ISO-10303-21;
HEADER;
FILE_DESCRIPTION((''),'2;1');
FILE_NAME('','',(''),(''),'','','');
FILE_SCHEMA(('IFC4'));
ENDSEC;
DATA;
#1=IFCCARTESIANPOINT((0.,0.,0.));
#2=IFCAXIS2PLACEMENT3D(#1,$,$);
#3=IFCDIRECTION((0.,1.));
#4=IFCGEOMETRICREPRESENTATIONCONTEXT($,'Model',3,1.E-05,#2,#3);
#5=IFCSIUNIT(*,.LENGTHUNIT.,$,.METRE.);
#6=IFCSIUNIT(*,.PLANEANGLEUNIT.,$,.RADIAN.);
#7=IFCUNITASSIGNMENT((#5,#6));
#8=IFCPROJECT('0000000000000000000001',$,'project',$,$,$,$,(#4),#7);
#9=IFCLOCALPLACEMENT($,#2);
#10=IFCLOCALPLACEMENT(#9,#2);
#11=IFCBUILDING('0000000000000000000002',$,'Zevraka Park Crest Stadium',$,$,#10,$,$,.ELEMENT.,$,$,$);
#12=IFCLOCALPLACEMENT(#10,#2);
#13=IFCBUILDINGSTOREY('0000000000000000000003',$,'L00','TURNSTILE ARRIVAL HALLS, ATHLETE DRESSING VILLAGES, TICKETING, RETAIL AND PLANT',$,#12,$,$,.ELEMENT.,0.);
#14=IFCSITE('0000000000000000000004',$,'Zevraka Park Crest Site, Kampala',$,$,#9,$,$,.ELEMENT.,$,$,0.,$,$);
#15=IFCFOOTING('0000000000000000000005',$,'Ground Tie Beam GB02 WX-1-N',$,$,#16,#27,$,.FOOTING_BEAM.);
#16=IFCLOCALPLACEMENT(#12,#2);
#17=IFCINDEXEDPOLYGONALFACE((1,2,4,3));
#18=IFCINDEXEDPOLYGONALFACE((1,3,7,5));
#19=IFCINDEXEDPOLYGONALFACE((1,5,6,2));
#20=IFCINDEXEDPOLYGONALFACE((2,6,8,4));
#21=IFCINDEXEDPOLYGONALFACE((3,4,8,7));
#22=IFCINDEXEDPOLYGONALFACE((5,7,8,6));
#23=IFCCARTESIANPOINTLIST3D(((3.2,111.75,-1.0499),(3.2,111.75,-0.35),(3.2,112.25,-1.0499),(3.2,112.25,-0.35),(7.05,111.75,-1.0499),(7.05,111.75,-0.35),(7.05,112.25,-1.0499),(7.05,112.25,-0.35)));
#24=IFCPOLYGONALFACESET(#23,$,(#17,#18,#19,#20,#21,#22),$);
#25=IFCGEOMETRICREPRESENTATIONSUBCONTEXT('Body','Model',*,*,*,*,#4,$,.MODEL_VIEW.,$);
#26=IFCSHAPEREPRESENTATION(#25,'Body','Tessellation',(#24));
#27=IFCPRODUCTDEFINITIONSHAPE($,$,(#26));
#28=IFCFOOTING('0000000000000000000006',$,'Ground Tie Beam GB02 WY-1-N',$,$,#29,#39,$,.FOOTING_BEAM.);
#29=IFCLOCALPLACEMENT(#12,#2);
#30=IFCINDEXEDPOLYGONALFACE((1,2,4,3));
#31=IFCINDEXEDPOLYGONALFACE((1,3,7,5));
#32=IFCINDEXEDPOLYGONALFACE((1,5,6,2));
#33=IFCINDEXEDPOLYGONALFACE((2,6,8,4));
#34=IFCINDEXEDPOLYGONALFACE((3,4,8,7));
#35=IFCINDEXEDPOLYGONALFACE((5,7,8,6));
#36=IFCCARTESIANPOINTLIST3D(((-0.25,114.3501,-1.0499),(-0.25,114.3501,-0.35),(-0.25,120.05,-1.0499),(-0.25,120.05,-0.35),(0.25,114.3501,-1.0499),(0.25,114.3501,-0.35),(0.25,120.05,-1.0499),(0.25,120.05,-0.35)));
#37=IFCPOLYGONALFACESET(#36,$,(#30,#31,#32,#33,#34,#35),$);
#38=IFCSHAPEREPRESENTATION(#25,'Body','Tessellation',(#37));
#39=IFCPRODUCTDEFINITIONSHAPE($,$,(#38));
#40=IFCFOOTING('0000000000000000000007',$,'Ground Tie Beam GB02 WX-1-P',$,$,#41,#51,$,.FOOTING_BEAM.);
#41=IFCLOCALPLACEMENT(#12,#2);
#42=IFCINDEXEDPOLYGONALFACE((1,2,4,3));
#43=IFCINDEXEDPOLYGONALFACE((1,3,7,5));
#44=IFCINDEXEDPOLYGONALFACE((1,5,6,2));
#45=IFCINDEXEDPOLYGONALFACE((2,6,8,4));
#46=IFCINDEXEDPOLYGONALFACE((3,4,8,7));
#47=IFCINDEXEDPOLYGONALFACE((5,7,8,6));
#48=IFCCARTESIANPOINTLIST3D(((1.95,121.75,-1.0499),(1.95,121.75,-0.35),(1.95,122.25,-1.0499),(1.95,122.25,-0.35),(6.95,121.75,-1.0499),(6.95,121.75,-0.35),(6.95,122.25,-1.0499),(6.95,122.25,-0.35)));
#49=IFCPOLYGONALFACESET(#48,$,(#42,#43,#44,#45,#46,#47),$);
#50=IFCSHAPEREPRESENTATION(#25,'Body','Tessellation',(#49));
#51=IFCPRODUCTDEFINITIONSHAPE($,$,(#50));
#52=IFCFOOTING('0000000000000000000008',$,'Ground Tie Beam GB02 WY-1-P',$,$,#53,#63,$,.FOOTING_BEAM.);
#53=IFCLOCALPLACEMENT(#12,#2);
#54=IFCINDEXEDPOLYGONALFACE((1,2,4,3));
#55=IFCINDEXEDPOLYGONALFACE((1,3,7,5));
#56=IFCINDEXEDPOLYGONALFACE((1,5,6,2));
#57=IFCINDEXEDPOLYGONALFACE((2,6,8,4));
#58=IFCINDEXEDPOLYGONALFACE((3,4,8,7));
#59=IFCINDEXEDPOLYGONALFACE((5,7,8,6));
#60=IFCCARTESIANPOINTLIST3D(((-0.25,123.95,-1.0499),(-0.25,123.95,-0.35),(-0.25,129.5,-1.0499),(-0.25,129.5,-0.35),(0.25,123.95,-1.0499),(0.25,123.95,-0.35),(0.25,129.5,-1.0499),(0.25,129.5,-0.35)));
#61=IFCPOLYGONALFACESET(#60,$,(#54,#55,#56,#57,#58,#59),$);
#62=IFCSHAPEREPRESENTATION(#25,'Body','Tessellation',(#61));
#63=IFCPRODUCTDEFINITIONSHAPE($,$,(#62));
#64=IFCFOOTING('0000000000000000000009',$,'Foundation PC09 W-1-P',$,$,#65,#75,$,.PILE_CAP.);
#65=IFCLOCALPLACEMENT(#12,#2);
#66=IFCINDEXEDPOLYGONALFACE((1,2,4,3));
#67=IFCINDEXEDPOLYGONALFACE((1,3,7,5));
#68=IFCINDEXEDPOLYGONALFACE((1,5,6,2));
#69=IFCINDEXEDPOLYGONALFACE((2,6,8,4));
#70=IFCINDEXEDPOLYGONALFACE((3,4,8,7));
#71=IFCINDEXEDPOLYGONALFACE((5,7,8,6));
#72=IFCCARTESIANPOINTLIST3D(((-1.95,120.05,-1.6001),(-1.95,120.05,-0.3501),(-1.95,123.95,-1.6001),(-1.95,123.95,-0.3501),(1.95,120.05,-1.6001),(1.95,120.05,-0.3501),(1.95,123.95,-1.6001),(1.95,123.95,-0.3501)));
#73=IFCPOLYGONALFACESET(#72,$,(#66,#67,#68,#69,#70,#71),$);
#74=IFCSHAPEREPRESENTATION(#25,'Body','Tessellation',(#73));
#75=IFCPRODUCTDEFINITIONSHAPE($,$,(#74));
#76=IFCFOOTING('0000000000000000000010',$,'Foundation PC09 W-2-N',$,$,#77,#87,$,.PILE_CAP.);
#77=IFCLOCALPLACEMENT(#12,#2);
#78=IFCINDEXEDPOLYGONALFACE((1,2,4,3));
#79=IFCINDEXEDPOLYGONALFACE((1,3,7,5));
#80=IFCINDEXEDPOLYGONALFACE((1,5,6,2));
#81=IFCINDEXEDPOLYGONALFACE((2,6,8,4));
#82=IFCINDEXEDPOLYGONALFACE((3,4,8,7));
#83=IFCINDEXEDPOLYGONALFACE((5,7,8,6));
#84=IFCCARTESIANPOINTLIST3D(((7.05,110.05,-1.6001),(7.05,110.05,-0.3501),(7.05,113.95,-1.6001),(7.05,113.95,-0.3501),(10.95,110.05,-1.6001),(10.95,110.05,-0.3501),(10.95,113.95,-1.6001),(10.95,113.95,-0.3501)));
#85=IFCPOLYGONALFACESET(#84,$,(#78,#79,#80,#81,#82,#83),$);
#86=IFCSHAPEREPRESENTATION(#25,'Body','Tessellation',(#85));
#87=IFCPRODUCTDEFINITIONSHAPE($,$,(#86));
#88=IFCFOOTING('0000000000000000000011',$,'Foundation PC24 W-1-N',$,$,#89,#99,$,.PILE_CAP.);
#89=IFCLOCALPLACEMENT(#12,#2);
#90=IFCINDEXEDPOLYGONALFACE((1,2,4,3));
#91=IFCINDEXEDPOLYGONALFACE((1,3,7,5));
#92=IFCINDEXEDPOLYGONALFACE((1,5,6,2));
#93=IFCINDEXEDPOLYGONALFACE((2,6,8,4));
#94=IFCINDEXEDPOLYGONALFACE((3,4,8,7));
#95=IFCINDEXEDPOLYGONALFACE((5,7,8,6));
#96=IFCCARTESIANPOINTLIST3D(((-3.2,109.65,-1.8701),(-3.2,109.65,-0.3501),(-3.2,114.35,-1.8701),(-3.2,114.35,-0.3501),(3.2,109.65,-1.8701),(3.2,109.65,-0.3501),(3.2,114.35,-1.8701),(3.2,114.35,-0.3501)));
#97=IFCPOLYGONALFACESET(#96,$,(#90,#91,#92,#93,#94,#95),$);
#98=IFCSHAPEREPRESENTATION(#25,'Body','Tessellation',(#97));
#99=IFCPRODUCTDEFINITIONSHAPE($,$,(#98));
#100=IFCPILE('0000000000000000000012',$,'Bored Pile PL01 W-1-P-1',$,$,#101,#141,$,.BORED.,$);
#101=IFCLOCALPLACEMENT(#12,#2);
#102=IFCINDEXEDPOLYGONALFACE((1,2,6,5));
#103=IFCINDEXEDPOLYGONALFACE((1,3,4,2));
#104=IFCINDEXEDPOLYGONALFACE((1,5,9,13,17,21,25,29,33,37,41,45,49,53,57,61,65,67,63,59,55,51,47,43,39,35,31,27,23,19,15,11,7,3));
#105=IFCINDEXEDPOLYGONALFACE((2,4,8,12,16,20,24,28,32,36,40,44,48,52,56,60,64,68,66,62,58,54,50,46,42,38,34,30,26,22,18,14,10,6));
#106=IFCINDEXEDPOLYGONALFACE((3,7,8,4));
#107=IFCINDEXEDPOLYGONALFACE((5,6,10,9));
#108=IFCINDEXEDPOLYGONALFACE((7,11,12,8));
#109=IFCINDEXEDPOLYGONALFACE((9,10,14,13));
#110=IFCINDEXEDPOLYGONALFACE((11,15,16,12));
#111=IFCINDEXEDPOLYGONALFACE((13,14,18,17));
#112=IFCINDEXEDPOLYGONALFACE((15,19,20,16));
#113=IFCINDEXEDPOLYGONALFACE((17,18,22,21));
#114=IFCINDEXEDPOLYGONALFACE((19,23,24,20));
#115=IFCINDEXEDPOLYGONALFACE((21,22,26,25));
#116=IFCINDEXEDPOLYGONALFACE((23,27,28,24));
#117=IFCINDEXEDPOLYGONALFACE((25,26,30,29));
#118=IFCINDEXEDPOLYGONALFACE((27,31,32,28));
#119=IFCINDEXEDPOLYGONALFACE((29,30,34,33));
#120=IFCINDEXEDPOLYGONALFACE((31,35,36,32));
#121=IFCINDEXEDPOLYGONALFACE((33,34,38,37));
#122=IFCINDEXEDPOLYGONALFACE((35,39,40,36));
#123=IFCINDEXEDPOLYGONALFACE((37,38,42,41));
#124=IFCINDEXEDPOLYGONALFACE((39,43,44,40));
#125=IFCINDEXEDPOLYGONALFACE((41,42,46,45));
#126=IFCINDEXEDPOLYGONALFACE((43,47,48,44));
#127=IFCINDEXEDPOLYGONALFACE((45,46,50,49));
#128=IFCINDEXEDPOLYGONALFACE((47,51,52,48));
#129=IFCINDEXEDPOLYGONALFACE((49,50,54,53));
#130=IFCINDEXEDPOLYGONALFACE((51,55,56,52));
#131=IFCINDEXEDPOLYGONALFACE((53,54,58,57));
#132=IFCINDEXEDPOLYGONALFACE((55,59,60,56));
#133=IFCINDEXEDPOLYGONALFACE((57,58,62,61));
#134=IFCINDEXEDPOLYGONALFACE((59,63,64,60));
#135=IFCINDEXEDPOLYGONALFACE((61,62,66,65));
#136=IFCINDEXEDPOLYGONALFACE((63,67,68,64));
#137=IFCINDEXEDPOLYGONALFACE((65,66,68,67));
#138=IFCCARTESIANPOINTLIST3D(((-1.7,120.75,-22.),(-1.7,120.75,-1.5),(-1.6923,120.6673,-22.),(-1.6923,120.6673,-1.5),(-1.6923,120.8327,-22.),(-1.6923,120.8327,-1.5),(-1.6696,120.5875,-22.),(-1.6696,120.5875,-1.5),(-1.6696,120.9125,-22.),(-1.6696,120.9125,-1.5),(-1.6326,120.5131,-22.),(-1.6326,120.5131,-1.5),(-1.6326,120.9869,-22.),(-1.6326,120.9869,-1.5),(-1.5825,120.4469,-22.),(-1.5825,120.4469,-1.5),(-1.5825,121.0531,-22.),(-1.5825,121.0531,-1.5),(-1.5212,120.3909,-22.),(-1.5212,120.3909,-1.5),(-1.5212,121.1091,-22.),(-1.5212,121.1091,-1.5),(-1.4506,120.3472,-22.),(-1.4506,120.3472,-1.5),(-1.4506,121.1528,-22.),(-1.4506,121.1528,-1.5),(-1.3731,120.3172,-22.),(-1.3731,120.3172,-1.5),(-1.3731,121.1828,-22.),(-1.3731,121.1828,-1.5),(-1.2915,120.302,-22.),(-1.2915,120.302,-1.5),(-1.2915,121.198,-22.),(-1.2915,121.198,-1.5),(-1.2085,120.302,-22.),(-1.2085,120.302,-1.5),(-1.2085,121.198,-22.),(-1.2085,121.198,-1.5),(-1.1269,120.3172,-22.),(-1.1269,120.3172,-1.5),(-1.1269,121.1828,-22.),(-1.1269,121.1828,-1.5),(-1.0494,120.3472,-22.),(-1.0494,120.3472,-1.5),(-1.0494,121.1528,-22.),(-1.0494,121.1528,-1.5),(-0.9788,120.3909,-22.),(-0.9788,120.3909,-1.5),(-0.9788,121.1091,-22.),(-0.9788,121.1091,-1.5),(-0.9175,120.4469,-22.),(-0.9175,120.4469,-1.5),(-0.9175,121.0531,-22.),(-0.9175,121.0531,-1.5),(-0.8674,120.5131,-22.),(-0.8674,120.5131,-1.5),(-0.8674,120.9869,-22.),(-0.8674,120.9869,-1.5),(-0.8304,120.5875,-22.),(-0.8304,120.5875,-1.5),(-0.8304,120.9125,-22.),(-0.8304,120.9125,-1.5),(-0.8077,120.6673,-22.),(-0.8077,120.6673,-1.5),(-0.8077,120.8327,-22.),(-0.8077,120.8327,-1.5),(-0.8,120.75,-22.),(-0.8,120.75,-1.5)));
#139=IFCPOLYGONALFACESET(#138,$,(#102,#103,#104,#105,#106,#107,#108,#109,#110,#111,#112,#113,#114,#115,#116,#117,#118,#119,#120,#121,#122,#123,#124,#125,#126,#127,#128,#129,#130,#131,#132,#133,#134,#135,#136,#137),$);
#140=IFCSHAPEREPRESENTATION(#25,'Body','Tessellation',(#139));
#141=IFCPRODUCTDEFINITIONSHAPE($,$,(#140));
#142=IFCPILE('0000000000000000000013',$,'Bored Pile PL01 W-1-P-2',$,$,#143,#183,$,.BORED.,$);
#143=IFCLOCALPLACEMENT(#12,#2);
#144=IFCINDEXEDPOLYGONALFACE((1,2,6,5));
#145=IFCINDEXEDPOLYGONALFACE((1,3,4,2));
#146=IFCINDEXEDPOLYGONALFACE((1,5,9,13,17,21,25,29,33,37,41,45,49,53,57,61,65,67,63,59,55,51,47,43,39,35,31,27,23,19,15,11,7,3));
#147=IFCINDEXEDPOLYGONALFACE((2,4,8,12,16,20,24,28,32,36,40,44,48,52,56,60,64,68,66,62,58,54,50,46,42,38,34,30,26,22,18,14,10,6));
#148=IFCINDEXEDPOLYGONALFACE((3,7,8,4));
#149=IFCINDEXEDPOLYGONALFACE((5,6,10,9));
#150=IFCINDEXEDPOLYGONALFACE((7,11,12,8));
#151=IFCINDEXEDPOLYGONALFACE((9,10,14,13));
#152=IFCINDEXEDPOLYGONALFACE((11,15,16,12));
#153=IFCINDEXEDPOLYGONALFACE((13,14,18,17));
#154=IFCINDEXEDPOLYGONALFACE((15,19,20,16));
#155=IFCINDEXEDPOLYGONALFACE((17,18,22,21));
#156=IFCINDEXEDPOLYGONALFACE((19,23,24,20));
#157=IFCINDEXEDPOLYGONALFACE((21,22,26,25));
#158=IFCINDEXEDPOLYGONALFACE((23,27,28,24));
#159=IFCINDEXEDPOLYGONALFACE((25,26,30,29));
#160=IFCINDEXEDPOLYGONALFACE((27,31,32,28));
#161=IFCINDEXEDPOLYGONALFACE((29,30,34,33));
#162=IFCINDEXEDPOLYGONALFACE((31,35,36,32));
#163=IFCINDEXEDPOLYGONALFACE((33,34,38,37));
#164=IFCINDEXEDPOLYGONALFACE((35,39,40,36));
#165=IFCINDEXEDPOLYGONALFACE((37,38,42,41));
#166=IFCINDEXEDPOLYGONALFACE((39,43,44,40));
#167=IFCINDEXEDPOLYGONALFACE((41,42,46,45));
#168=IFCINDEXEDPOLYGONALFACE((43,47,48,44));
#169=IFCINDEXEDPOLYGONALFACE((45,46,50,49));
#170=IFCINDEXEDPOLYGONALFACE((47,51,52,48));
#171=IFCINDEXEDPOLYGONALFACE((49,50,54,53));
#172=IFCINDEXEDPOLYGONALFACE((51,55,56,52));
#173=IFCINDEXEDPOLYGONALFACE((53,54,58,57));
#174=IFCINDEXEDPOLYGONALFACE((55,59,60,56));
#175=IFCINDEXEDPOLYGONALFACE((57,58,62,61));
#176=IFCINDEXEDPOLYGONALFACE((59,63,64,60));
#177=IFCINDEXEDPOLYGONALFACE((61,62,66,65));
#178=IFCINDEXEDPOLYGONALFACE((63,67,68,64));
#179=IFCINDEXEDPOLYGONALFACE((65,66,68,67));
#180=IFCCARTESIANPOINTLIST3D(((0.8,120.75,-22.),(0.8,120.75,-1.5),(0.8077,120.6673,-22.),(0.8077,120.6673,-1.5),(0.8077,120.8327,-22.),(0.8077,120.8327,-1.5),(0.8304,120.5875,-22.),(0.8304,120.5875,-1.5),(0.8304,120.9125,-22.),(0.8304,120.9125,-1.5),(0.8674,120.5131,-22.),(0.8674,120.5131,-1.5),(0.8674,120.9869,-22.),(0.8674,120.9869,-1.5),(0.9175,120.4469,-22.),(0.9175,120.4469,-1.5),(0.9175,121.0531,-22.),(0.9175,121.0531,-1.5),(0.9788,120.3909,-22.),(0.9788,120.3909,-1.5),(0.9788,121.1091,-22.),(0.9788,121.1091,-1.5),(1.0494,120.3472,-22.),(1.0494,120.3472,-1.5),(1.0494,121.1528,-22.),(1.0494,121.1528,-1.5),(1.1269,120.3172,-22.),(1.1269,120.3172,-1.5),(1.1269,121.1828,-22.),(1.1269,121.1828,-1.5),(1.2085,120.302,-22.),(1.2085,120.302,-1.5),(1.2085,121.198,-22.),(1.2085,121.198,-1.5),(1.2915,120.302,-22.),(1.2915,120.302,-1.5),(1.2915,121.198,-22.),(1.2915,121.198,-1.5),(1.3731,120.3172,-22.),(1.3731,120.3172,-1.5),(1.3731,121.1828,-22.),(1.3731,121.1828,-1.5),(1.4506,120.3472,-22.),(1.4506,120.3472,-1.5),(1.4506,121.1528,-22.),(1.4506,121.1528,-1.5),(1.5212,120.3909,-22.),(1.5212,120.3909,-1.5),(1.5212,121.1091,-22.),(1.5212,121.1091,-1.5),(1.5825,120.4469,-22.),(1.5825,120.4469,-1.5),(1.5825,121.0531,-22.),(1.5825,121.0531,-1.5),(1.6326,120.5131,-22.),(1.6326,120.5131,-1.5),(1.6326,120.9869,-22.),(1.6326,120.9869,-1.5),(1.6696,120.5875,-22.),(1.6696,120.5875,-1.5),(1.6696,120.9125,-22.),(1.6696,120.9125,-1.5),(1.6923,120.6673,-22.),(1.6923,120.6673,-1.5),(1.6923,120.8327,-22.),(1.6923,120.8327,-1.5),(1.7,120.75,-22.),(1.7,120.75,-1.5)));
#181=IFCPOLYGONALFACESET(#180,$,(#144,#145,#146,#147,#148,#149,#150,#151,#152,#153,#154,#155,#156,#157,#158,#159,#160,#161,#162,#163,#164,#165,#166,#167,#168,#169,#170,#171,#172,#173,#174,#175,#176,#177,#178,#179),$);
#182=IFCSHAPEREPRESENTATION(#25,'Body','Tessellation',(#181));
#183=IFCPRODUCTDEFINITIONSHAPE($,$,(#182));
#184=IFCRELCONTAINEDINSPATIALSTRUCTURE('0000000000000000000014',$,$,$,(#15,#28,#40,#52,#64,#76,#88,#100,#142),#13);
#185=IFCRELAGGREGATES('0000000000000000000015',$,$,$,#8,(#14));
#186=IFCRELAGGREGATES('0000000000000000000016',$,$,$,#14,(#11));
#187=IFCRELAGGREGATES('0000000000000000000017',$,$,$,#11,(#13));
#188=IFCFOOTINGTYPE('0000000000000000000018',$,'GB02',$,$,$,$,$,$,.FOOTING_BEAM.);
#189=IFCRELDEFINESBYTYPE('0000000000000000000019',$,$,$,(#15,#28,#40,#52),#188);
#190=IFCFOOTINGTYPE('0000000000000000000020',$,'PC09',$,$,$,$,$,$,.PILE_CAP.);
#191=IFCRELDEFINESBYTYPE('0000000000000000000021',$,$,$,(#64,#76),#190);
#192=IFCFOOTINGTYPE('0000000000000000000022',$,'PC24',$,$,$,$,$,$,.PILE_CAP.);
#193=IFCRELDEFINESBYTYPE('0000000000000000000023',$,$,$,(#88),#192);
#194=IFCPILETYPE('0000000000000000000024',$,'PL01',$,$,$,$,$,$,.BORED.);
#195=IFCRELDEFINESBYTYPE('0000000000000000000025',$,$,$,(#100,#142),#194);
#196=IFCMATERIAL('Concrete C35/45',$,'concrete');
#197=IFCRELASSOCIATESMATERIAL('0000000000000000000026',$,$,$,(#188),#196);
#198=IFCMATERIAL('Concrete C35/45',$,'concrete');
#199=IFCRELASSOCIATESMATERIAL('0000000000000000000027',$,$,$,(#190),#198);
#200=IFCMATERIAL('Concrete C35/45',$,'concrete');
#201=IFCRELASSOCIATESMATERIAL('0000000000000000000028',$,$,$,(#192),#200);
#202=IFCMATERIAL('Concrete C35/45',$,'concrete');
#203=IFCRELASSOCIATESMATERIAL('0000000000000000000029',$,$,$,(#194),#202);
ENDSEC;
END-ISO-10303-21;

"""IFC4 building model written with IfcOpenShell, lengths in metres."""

from ifc_helpers import new_model, si_unit, direction, frame, origin, origin_2d, place, context, subcontext, project, spatial, rectangle, circle, extrude, material, material_profile, profile_set, type_object, element, save


model = new_model("IFC4")

# Units and contexts
model_context = context("Model", 3, precision=1e-05, world=origin(), true_north=direction((0.0, 1.0)))
body_context = subcontext(model_context, "Body", "Model", "MODEL_VIEW")
ifc_project = project(units=[si_unit("LENGTHUNIT", "METRE"), si_unit("PLANEANGLEUNIT", "RADIAN")], contexts=[model_context])

# Site, building, storey
site_placement = place(None, origin())
site = spatial("IfcSite", under=ifc_project, at=site_placement, Name="Zevraka Park Crest Site, Kampala", CompositionType="ELEMENT", RefElevation=0.0)
building_placement = place(site_placement, origin())
building = spatial("IfcBuilding", under=site, at=building_placement, Name="Zevraka Park Crest Stadium", CompositionType="ELEMENT")
storey_placement = place(building_placement, origin())
storey = spatial("IfcBuildingStorey", under=building, at=storey_placement, Name="L00", Description="TURNSTILE ARRIVAL HALLS, ATHLETE DRESSING VILLAGES, TICKETING, RETAIL AND PLANT", CompositionType="ELEMENT", Elevation=0.0)

# Footings
ifc_material_1 = material(Name="Concrete C35/45", Category="concrete")
ifc_material_profile_1 = material_profile(ifc_material_1, rectangle(XDim=0.5, YDim=0.7, at=origin_2d()), Name="GB 700x500")
ifc_profile_set_1 = profile_set([ifc_material_profile_1], Name="Concrete C35/45")
footing_type_1 = type_object("IfcFootingType", Name="GB02", PredefinedType="FOOTING_BEAM", material=ifc_profile_set_1)
footing_1_placement = place(storey_placement, frame((3.2, 112.0, -0.7), z_axis=(1.0, 0.0, 0.0), x_axis=(0.0, 1.0, 0.0)))
element("IfcFooting", 1, at=footing_1_placement, inside=storey, type_object=footing_type_1, Name="Ground Tie Beam GB02 WX-1-N", PredefinedType="FOOTING_BEAM", context=body_context, shape_type="SweptSolid", body=[
    extrude(rectangle(XDim=0.5, YDim=0.7, at=origin_2d()), origin(), (0.0, 0.0, 1.0), 3.8501),
])
footing_2_placement = place(storey_placement, frame((0.0, 114.3501, -0.7), z_axis=(0.0, 1.0, 0.0), x_axis=(-1.0, 0.0, 0.0)))
element("IfcFooting", 2, at=footing_2_placement, inside=storey, type_object=footing_type_1, Name="Ground Tie Beam GB02 WY-1-N", PredefinedType="FOOTING_BEAM", context=body_context, shape_type="SweptSolid", body=[
    extrude(rectangle(XDim=0.5, YDim=0.7, at=origin_2d()), origin(), (0.0, 0.0, 1.0), 5.7),
])
footing_3_placement = place(storey_placement, frame((1.95, 122.0, -0.7), z_axis=(1.0, 0.0, 0.0), x_axis=(0.0, 1.0, 0.0)))
element("IfcFooting", 3, at=footing_3_placement, inside=storey, type_object=footing_type_1, Name="Ground Tie Beam GB02 WX-1-P", PredefinedType="FOOTING_BEAM", context=body_context, shape_type="SweptSolid", body=[
    extrude(rectangle(XDim=0.5, YDim=0.7, at=origin_2d()), origin(), (0.0, 0.0, 1.0), 5.0),
])
footing_4_placement = place(storey_placement, frame((0.0, 123.95, -0.7), z_axis=(0.0, 1.0, 0.0), x_axis=(-1.0, 0.0, 0.0)))
element("IfcFooting", 4, at=footing_4_placement, inside=storey, type_object=footing_type_1, Name="Ground Tie Beam GB02 WY-1-P", PredefinedType="FOOTING_BEAM", context=body_context, shape_type="SweptSolid", body=[
    extrude(rectangle(XDim=0.5, YDim=0.7, at=origin_2d()), origin(), (0.0, 0.0, 1.0), 5.55),
])
ifc_material_2 = material(Name="Concrete C35/45", Category="concrete")
footing_type_2 = type_object("IfcFootingType", Name="PC09", PredefinedType="PILE_CAP", material=ifc_material_2)
for number, where, z_axis, x_axis, name in (
    (5, (0.0, 122.0, -1.6001), (0.0, 0.0, 1.0), (1.0, 0.0, 0.0), "Foundation PC09 W-1-P"),
    (6, (9.0, 112.0, -1.6001), (0.0, 0.0, 1.0), (1.0, 0.0, 0.0), "Foundation PC09 W-2-N"),
):
    element("IfcFooting", number, at=place(storey_placement, frame(where, z_axis=z_axis, x_axis=x_axis)), inside=storey, type_object=footing_type_2, Name=name, PredefinedType="PILE_CAP", context=body_context, shape_type="SweptSolid", body=[
        extrude(rectangle(XDim=3.8999, YDim=3.8999, at=origin_2d()), origin(), (0.0, 0.0, 1.0), 1.25),
    ])
ifc_material_3 = material(Name="Concrete C35/45", Category="concrete")
footing_type_3 = type_object("IfcFootingType", Name="PC24", PredefinedType="PILE_CAP", material=ifc_material_3)
footing_5_placement = place(storey_placement, frame((0.0, 112.0, -1.8701), z_axis=(0.0, 0.0, 1.0), x_axis=(1.0, 0.0, 0.0)))
element("IfcFooting", 7, at=footing_5_placement, inside=storey, type_object=footing_type_3, Name="Foundation PC24 W-1-N", PredefinedType="PILE_CAP", context=body_context, shape_type="SweptSolid", body=[
    extrude(rectangle(XDim=6.3999, YDim=4.7, at=origin_2d()), origin(), (0.0, 0.0, 1.0), 1.52),
])

# Piles
ifc_material_4 = material(Name="Concrete C35/45", Category="concrete")
ifc_material_profile_2 = material_profile(ifc_material_4, circle(Radius=0.45, at=origin_2d()), Name="PILE D900")
ifc_profile_set_2 = profile_set([ifc_material_profile_2], Name="Concrete C35/45")
pile_type_1 = type_object("IfcPileType", Name="PL01", PredefinedType="BORED", material=ifc_profile_set_2)
for number, where, z_axis, x_axis, name in (
    (8, (-1.25, 120.75, -1.5), (0.0, 0.0, -1.0), (1.0, 0.0, 0.0), "Bored Pile PL01 W-1-P-1"),
    (9, (1.25, 120.75, -1.5), (0.0, 0.0, -1.0), (1.0, 0.0, 0.0), "Bored Pile PL01 W-1-P-2"),
):
    element("IfcPile", number, at=place(storey_placement, frame(where, z_axis=z_axis, x_axis=x_axis)), inside=storey, type_object=pile_type_1, Name=name, PredefinedType="BORED", context=body_context, shape_type="SweptSolid", body=[
        extrude(circle(Radius=0.45, at=origin_2d()), origin(), (0.0, 0.0, 1.0), 20.5),
    ])

save(model, "model.ifc")
